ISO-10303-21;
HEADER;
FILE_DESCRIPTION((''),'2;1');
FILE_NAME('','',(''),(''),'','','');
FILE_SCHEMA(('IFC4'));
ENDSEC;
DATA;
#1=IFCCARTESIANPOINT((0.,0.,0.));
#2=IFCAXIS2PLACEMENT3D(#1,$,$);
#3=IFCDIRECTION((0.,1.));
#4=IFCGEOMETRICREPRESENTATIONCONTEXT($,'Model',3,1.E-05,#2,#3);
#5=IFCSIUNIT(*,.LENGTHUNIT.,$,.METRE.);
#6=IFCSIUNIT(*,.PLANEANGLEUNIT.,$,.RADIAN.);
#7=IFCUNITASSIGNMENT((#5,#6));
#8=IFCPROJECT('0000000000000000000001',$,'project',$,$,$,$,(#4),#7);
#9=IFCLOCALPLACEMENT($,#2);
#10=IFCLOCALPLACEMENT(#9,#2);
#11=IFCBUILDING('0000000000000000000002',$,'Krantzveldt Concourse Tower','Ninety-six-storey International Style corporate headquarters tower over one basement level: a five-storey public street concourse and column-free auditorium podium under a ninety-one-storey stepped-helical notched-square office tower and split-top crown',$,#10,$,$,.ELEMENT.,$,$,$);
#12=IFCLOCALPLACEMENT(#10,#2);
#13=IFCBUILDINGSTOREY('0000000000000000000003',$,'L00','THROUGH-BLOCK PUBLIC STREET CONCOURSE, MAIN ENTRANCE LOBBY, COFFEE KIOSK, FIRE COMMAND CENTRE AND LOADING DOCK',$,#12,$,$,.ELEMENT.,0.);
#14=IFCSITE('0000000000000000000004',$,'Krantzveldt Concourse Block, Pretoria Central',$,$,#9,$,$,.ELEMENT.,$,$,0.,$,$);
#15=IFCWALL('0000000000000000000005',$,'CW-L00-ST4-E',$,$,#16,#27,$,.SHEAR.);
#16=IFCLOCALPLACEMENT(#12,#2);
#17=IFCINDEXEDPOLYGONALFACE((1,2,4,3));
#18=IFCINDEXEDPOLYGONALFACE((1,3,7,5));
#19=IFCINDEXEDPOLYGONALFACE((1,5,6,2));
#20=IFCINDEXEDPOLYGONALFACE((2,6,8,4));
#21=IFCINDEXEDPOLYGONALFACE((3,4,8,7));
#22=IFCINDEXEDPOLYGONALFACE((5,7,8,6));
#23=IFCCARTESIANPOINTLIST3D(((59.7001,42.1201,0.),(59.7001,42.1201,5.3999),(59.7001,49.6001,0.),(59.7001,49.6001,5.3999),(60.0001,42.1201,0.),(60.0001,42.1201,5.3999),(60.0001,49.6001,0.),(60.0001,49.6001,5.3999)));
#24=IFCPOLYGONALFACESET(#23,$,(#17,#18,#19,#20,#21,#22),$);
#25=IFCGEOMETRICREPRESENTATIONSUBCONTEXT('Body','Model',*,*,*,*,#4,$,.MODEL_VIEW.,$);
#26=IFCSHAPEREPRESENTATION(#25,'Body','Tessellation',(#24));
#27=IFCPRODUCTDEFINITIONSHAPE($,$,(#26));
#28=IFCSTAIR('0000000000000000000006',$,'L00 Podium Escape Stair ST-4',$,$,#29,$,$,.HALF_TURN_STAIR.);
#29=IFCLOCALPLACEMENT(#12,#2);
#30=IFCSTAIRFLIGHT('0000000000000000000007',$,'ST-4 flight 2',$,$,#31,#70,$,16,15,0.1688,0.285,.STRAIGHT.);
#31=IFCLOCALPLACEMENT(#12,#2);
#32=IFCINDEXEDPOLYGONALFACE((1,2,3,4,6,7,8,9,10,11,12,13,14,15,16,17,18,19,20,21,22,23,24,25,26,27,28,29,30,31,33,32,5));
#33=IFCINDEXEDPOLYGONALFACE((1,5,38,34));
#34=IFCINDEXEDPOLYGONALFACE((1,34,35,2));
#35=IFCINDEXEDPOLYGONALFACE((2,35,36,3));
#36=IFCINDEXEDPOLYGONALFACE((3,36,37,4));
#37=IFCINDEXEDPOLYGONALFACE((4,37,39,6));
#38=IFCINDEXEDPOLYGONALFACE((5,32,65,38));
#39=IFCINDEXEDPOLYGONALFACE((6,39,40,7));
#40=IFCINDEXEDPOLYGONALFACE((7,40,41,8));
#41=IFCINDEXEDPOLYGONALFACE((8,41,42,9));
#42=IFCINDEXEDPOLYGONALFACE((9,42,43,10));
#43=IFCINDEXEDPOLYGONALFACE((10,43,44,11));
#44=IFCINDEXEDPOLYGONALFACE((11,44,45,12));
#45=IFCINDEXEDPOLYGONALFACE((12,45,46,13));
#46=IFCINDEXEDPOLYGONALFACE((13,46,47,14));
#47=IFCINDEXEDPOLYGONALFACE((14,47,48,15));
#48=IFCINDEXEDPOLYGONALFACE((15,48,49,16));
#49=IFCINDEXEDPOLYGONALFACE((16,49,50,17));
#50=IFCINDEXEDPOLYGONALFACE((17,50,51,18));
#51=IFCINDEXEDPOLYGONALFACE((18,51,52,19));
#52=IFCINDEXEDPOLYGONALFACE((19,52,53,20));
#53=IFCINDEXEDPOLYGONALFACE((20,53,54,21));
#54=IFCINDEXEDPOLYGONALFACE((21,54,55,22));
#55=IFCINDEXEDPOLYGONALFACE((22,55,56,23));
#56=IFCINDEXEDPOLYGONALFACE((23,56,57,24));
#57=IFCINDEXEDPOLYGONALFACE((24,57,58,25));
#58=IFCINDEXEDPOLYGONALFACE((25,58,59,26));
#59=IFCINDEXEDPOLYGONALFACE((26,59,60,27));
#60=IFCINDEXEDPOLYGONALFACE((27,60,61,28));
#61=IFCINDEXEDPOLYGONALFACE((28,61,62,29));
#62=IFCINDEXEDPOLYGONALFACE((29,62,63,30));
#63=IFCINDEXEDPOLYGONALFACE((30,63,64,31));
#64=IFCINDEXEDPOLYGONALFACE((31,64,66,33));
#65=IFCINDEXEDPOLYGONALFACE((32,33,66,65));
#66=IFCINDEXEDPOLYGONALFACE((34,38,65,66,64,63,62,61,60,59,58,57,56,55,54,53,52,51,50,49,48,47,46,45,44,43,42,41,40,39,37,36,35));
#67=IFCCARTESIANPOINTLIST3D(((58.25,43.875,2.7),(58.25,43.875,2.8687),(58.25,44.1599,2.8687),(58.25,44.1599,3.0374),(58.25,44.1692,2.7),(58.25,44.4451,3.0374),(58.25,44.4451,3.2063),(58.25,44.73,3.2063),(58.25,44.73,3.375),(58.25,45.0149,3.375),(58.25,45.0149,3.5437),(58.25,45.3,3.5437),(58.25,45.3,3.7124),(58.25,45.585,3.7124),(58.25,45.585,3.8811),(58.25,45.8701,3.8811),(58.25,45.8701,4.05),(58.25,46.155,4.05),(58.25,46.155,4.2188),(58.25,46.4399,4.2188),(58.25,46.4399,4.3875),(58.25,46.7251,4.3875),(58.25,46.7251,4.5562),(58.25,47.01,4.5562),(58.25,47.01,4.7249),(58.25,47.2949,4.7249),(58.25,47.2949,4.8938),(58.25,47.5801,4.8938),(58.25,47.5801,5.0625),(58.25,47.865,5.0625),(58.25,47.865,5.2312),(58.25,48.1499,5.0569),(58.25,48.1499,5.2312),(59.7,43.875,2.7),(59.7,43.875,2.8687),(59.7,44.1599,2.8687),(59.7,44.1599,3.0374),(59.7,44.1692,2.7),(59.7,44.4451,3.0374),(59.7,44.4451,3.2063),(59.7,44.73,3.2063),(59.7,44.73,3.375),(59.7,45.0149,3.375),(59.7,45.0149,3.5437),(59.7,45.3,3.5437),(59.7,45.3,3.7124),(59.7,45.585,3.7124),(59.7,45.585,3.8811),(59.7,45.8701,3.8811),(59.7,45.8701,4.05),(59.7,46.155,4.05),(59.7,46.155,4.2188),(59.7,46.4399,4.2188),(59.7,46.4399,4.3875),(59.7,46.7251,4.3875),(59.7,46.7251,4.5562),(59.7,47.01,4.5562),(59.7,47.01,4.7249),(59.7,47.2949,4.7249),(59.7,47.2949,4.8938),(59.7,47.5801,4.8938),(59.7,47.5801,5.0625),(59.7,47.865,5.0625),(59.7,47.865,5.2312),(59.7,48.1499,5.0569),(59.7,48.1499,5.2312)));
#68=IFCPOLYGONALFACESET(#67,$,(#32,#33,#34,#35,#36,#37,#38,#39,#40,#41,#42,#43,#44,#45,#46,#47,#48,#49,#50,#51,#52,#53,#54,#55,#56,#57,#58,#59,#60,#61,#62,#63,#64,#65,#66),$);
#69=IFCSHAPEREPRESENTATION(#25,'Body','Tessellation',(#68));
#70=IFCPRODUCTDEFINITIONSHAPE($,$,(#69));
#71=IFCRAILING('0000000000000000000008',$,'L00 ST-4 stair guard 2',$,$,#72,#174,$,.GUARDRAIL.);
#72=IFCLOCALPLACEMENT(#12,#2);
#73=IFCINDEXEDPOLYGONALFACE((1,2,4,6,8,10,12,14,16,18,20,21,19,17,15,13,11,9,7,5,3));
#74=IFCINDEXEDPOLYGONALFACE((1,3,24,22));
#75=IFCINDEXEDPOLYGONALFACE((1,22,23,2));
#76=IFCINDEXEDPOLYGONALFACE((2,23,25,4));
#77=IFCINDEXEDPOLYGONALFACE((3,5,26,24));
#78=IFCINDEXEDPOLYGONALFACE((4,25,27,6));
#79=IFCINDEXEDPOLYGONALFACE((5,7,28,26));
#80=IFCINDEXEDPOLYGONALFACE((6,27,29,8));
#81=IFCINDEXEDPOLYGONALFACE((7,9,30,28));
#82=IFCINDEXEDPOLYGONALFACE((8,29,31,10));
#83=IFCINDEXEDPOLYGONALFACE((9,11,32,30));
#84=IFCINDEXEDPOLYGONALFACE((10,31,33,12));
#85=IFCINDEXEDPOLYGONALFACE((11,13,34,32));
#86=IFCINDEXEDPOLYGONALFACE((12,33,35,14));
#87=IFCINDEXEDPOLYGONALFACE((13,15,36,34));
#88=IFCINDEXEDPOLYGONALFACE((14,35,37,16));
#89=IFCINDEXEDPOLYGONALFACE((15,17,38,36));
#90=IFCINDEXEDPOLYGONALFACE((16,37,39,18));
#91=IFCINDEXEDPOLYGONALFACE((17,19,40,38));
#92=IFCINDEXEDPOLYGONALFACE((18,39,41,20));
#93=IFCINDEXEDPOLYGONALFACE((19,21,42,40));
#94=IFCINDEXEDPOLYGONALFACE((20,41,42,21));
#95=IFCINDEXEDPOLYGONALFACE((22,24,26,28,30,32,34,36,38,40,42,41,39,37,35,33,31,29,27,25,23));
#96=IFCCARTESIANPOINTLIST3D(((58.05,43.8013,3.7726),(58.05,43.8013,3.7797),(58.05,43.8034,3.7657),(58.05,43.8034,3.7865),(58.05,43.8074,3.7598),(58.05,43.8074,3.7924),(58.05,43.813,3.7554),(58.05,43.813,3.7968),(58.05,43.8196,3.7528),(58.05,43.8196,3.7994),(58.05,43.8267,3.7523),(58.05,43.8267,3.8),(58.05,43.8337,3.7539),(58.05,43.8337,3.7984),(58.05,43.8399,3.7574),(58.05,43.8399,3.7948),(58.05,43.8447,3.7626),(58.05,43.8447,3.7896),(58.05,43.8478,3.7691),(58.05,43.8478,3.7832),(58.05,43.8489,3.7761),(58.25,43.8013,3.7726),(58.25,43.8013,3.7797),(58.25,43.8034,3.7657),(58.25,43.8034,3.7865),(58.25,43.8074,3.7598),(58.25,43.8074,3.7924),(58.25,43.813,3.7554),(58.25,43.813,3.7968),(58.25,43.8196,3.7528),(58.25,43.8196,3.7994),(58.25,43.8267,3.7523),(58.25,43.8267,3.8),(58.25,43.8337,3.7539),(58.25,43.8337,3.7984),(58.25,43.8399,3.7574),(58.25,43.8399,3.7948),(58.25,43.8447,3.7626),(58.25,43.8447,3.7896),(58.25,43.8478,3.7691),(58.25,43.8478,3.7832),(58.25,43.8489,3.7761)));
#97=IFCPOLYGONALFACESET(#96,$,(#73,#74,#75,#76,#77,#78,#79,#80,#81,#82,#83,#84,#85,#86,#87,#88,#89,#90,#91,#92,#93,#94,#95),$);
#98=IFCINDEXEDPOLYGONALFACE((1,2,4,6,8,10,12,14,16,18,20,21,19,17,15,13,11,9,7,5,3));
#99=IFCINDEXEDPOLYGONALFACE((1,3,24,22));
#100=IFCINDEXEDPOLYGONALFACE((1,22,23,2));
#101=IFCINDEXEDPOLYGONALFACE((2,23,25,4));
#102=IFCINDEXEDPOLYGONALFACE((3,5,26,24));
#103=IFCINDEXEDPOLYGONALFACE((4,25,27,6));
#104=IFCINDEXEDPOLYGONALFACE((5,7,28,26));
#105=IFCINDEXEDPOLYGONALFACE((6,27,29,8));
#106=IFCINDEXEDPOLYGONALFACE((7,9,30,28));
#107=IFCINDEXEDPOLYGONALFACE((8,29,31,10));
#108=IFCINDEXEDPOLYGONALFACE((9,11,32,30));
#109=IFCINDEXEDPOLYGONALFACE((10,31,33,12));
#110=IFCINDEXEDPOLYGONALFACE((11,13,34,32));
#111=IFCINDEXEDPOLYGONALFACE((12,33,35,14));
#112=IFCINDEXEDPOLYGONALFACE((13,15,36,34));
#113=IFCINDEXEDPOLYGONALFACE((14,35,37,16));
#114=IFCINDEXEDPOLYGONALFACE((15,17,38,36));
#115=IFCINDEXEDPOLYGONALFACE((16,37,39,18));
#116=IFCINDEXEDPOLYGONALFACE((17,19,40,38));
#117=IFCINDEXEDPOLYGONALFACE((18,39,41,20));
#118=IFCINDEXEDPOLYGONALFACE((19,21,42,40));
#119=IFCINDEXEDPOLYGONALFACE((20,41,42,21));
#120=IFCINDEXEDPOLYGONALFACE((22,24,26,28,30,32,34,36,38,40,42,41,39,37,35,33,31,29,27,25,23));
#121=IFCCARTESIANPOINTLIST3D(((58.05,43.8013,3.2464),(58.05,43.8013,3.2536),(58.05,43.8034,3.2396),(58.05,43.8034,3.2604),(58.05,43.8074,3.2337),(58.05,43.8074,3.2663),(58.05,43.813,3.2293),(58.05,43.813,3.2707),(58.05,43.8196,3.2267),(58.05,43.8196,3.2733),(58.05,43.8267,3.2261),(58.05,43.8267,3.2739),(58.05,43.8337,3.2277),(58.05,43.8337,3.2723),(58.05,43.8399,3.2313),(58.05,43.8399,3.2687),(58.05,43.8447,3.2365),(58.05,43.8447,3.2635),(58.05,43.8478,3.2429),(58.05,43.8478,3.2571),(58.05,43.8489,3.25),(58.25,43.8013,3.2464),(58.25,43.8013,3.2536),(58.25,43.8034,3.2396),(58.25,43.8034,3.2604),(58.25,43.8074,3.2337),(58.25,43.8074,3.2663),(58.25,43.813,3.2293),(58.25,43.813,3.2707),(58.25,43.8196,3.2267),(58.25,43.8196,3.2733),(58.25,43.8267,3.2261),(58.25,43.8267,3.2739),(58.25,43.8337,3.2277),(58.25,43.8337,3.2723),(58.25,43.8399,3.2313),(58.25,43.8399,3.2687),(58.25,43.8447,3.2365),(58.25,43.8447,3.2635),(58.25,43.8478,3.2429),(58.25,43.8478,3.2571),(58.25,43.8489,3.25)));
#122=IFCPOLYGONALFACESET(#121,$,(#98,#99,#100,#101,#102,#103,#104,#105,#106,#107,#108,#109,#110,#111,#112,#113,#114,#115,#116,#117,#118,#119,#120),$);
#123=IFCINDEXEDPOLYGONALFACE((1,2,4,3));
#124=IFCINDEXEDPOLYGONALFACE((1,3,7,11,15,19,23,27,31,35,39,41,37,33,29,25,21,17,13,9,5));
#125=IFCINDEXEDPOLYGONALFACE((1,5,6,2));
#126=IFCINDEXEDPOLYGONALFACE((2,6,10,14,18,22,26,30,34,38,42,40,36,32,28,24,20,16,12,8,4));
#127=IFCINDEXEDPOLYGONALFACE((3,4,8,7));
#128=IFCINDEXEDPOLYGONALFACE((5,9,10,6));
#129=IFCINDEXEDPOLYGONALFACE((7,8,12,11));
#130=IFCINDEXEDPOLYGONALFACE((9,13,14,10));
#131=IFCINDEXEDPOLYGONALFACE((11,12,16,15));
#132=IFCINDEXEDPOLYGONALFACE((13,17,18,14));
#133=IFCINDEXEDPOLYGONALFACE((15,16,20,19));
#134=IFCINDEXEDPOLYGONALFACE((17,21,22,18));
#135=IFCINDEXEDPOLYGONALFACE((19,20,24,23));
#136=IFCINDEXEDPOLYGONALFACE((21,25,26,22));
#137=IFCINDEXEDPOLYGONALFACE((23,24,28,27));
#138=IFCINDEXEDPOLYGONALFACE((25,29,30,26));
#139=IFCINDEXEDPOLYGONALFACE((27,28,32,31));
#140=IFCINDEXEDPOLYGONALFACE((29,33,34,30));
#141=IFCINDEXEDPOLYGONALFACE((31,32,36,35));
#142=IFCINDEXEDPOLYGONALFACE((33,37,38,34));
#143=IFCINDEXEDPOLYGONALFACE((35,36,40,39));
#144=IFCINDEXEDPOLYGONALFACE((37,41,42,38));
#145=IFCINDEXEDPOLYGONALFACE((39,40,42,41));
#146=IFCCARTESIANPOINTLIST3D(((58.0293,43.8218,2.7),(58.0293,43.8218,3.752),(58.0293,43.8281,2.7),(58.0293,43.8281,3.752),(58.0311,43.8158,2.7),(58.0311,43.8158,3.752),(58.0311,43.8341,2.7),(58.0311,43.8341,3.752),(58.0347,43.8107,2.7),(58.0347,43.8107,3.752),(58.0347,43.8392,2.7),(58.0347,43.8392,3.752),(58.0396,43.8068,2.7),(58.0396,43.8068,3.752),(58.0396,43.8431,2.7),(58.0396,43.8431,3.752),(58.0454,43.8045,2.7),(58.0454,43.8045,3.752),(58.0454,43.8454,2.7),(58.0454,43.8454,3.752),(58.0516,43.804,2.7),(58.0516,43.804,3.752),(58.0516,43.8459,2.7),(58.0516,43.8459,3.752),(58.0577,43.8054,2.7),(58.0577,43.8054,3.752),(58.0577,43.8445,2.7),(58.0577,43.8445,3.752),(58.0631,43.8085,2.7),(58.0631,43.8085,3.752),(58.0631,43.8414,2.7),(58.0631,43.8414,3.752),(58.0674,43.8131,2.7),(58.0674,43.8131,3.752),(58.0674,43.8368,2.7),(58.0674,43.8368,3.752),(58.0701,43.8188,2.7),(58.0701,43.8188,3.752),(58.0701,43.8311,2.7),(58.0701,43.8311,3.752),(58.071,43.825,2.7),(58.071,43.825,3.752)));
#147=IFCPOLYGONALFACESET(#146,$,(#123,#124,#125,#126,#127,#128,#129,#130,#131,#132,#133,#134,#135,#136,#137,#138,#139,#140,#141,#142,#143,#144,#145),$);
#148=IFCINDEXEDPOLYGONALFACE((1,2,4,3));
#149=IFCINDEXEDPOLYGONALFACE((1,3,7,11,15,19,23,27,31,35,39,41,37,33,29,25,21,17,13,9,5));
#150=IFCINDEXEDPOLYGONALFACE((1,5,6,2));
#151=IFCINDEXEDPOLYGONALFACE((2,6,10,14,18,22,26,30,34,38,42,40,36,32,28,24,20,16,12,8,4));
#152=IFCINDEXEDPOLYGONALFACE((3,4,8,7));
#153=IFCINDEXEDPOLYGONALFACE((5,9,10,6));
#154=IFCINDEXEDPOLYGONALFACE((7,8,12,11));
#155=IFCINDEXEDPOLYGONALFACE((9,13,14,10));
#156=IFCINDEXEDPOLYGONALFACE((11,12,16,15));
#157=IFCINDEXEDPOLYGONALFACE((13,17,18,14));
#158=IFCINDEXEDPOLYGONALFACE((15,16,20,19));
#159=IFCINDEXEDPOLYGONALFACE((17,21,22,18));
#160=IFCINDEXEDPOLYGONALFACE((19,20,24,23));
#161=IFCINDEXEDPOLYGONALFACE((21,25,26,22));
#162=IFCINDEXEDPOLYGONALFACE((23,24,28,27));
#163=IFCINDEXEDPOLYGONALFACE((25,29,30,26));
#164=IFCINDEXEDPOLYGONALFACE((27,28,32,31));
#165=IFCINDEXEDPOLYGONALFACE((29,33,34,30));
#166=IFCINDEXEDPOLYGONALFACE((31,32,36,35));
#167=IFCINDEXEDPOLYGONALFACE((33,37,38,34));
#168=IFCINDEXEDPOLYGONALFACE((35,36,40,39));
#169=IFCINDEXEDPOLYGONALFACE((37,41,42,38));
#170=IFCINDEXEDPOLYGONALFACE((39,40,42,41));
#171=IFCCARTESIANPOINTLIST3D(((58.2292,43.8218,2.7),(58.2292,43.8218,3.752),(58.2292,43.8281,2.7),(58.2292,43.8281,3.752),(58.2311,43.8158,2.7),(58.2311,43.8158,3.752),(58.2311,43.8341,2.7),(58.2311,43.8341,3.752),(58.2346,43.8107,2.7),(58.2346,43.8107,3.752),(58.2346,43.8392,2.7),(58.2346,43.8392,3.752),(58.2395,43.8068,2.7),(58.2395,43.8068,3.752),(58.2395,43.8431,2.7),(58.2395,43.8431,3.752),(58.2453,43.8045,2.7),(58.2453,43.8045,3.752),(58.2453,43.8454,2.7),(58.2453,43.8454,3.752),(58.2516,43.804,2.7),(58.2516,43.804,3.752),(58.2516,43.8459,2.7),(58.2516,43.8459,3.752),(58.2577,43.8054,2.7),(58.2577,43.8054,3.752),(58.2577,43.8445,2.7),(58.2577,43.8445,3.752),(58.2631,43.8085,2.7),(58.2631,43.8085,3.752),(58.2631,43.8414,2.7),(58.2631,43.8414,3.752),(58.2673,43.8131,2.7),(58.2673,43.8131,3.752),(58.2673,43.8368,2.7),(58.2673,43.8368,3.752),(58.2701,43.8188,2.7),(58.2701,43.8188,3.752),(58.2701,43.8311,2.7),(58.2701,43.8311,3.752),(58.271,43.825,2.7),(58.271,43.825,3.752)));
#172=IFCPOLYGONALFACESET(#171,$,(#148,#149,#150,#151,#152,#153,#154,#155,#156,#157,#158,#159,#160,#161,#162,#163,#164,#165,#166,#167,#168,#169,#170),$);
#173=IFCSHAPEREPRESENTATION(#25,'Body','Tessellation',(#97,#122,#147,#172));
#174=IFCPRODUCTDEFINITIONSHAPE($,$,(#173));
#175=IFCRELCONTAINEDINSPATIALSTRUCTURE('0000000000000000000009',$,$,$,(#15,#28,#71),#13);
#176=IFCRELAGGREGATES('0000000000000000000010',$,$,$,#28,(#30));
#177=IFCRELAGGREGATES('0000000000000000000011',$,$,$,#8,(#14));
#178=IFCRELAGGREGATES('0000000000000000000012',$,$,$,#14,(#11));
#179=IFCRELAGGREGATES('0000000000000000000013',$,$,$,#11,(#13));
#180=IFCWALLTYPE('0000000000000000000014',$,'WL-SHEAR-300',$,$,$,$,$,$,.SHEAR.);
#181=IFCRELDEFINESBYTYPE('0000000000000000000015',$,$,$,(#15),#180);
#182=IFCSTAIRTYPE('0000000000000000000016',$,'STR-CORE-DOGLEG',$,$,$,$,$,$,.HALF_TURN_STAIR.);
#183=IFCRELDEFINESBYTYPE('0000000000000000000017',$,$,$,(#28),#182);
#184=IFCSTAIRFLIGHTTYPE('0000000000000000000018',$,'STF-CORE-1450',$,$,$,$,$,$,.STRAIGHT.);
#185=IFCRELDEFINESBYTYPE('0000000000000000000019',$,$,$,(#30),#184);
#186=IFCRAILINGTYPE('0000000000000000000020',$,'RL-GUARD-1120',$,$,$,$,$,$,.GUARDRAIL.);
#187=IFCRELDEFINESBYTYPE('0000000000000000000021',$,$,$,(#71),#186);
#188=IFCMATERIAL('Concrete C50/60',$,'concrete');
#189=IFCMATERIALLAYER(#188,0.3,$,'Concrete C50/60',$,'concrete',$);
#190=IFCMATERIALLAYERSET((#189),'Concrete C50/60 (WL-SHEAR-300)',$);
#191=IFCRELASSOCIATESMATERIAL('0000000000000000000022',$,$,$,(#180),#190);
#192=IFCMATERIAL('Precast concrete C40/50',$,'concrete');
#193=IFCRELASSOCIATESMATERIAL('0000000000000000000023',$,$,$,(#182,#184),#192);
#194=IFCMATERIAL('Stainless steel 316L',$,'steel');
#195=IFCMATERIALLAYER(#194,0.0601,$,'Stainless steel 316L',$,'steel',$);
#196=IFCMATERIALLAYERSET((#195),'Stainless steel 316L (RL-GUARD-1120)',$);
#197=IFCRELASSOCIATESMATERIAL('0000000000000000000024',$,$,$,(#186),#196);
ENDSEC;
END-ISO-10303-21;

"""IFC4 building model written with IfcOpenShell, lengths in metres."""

from ifc_helpers import new_model, si_unit, direction, frame, frame_2d, origin, origin_2d, place, context, subcontext, project, spatial, polyline, rectangle, circle, outline, extrude, material, layer, layer_set, type_object, element, aggregate, save


model = new_model("IFC4")

# Units and contexts
model_context = context("Model", 3, precision=1e-05, world=origin(), true_north=direction((0.0, 1.0)))
body_context = subcontext(model_context, "Body", "Model", "MODEL_VIEW")
ifc_project = project(units=[si_unit("LENGTHUNIT", "METRE"), si_unit("PLANEANGLEUNIT", "RADIAN")], contexts=[model_context])

# Site, building, storey
site_placement = place(None, origin())
site = spatial("IfcSite", under=ifc_project, at=site_placement, Name="Krantzveldt Concourse Block, Pretoria Central", CompositionType="ELEMENT", RefElevation=0.0)
building_placement = place(site_placement, origin())
building = spatial("IfcBuilding", under=site, at=building_placement, Name="Krantzveldt Concourse Tower", Description="Ninety-six-storey International Style corporate headquarters tower over one basement level: a five-storey public street concourse and column-free auditorium podium under a ninety-one-storey stepped-helical notched-square office tower and split-top crown", CompositionType="ELEMENT")
storey_placement = place(building_placement, origin())
storey = spatial("IfcBuildingStorey", under=building, at=storey_placement, Name="L00", Description="THROUGH-BLOCK PUBLIC STREET CONCOURSE, MAIN ENTRANCE LOBBY, COFFEE KIOSK, FIRE COMMAND CENTRE AND LOADING DOCK", CompositionType="ELEMENT", Elevation=0.0)

# Wall
ifc_material_1 = material(Name="Concrete C50/60", Category="concrete")
ifc_layer_1 = layer(ifc_material_1, 0.3, Name="Concrete C50/60", Category="concrete")
ifc_layer_set_1 = layer_set([ifc_layer_1], Name="Concrete C50/60 (WL-SHEAR-300)")
wall_type_1 = type_object("IfcWallType", Name="WL-SHEAR-300", PredefinedType="SHEAR", material=ifc_layer_set_1)
for number, where, z_axis, x_axis, name in (
    (1, (59.8501, 42.1201, 0.0), (0.0, 0.0, 1.0), (0.0, 1.0, 0.0), "CW-L00-ST4-E"),
):
    element("IfcWall", number, at=place(storey_placement, frame(where, z_axis=z_axis, x_axis=x_axis)), inside=storey, type_object=wall_type_1, Name=name, PredefinedType="SHEAR", context=body_context, shape_type="SweptSolid", body=[
        extrude(rectangle(XDim=7.48, YDim=0.3, at=frame_2d((3.74, 0.0))), origin(), (0.0, 0.0, 1.0), 5.3999),
    ])

# Stair, stair flight
ifc_material_2 = material(Name="Precast concrete C40/50", Category="concrete")
stair_type = type_object("IfcStairType", Name="STR-CORE-DOGLEG", PredefinedType="HALF_TURN_STAIR", material=ifc_material_2)
stair_placement = place(storey_placement, origin())
stair = element("IfcStair", 2, at=stair_placement, inside=storey, type_object=stair_type, Name="L00 Podium Escape Stair ST-4", PredefinedType="HALF_TURN_STAIR")
stair_flight_type = type_object("IfcStairFlightType", Name="STF-CORE-1450", PredefinedType="STRAIGHT", material=ifc_material_2)
stair_flight_placement = place(storey_placement, frame((58.9751, 43.875, 2.7), z_axis=(0.0, 0.0, 1.0), x_axis=(0.0, 1.0, 0.0)))
stair_flight = element("IfcStairFlight", 3, at=stair_flight_placement, type_object=stair_flight_type, Name="ST-4 flight 2", NumberOfRisers=16, NumberOfTreads=15, PredefinedType="STRAIGHT", RiserHeight=0.1688, TreadLength=0.285, context=body_context, shape_type="SweptSolid", body=[
    extrude(outline(polyline([(0.0, 0.0), (0.0, 0.1687), (0.2849, 0.1687), (0.2849, 0.3374), (0.5701, 0.3374), (0.5701, 0.5063), (0.855, 0.5063), (0.855, 0.675), (1.1399, 0.675), (1.1399, 0.8438), (1.425, 0.8438), (1.425, 1.0125), (1.71, 1.0125), (1.71, 1.1812), (1.9951, 1.1812), (1.9951, 1.3501), (2.28, 1.3501), (2.28, 1.5188), (2.5649, 1.5188), (2.5649, 1.6875), (2.8501, 1.6875), (2.8501, 1.8562), (3.135, 1.8562), (3.135, 2.0249), (3.4199, 2.0249), (3.4199, 2.1938), (3.7051, 2.1938), (3.7051, 2.3625), (3.99, 2.3625), (3.99, 2.5312), (4.2749, 2.5312), (4.2749, 2.7), (4.2749, 2.3569), (0.2942, 0.0), (0.0, 0.0)])), frame((0.0, 0.7251, 0.0), z_axis=(0.0, -1.0, 0.0), x_axis=(1.0, 0.0, 0.0)), (0.0, 0.0, 1.0), 1.45),
])
aggregate(stair, [stair_flight])

# Railing
ifc_material_3 = material(Name="Stainless steel 316L", Category="steel")
ifc_layer_2 = layer(ifc_material_3, 0.0601, Name="Stainless steel 316L", Category="steel")
ifc_layer_set_2 = layer_set([ifc_layer_2], Name="Stainless steel 316L (RL-GUARD-1120)")
railing_type = type_object("IfcRailingType", Name="RL-GUARD-1120", PredefinedType="GUARDRAIL", material=ifc_layer_set_2)
railing_1_placement = place(storey_placement, frame((58.05, 43.825, 2.7)))
element("IfcRailing", 4, at=railing_1_placement, inside=storey, type_object=railing_type, Name="L00 ST-4 stair guard 2", PredefinedType="GUARDRAIL", context=body_context, shape_type="SweptSolid", body=[
    extrude(circle(Radius=0.0239, at=origin_2d()), frame((0.0, 0.0, 1.0762), z_axis=(1.0, 0.0, 0.0), x_axis=(0.0, 1.0, 0.0)), (0.0, 0.0, 1.0), 0.2),
    extrude(circle(Radius=0.0239, at=origin_2d()), frame((0.0, 0.0, 0.55), z_axis=(1.0, 0.0, 0.0), x_axis=(0.0, 1.0, 0.0)), (0.0, 0.0, 1.0), 0.2),
    extrude(circle(Radius=0.021, at=origin_2d()), origin(), (0.0, 0.0, 1.0), 1.052),
    extrude(circle(Radius=0.021, at=origin_2d()), frame((0.2, 0.0, 0.0)), (0.0, 0.0, 1.0), 1.052),
])

save(model, "model.ifc")
